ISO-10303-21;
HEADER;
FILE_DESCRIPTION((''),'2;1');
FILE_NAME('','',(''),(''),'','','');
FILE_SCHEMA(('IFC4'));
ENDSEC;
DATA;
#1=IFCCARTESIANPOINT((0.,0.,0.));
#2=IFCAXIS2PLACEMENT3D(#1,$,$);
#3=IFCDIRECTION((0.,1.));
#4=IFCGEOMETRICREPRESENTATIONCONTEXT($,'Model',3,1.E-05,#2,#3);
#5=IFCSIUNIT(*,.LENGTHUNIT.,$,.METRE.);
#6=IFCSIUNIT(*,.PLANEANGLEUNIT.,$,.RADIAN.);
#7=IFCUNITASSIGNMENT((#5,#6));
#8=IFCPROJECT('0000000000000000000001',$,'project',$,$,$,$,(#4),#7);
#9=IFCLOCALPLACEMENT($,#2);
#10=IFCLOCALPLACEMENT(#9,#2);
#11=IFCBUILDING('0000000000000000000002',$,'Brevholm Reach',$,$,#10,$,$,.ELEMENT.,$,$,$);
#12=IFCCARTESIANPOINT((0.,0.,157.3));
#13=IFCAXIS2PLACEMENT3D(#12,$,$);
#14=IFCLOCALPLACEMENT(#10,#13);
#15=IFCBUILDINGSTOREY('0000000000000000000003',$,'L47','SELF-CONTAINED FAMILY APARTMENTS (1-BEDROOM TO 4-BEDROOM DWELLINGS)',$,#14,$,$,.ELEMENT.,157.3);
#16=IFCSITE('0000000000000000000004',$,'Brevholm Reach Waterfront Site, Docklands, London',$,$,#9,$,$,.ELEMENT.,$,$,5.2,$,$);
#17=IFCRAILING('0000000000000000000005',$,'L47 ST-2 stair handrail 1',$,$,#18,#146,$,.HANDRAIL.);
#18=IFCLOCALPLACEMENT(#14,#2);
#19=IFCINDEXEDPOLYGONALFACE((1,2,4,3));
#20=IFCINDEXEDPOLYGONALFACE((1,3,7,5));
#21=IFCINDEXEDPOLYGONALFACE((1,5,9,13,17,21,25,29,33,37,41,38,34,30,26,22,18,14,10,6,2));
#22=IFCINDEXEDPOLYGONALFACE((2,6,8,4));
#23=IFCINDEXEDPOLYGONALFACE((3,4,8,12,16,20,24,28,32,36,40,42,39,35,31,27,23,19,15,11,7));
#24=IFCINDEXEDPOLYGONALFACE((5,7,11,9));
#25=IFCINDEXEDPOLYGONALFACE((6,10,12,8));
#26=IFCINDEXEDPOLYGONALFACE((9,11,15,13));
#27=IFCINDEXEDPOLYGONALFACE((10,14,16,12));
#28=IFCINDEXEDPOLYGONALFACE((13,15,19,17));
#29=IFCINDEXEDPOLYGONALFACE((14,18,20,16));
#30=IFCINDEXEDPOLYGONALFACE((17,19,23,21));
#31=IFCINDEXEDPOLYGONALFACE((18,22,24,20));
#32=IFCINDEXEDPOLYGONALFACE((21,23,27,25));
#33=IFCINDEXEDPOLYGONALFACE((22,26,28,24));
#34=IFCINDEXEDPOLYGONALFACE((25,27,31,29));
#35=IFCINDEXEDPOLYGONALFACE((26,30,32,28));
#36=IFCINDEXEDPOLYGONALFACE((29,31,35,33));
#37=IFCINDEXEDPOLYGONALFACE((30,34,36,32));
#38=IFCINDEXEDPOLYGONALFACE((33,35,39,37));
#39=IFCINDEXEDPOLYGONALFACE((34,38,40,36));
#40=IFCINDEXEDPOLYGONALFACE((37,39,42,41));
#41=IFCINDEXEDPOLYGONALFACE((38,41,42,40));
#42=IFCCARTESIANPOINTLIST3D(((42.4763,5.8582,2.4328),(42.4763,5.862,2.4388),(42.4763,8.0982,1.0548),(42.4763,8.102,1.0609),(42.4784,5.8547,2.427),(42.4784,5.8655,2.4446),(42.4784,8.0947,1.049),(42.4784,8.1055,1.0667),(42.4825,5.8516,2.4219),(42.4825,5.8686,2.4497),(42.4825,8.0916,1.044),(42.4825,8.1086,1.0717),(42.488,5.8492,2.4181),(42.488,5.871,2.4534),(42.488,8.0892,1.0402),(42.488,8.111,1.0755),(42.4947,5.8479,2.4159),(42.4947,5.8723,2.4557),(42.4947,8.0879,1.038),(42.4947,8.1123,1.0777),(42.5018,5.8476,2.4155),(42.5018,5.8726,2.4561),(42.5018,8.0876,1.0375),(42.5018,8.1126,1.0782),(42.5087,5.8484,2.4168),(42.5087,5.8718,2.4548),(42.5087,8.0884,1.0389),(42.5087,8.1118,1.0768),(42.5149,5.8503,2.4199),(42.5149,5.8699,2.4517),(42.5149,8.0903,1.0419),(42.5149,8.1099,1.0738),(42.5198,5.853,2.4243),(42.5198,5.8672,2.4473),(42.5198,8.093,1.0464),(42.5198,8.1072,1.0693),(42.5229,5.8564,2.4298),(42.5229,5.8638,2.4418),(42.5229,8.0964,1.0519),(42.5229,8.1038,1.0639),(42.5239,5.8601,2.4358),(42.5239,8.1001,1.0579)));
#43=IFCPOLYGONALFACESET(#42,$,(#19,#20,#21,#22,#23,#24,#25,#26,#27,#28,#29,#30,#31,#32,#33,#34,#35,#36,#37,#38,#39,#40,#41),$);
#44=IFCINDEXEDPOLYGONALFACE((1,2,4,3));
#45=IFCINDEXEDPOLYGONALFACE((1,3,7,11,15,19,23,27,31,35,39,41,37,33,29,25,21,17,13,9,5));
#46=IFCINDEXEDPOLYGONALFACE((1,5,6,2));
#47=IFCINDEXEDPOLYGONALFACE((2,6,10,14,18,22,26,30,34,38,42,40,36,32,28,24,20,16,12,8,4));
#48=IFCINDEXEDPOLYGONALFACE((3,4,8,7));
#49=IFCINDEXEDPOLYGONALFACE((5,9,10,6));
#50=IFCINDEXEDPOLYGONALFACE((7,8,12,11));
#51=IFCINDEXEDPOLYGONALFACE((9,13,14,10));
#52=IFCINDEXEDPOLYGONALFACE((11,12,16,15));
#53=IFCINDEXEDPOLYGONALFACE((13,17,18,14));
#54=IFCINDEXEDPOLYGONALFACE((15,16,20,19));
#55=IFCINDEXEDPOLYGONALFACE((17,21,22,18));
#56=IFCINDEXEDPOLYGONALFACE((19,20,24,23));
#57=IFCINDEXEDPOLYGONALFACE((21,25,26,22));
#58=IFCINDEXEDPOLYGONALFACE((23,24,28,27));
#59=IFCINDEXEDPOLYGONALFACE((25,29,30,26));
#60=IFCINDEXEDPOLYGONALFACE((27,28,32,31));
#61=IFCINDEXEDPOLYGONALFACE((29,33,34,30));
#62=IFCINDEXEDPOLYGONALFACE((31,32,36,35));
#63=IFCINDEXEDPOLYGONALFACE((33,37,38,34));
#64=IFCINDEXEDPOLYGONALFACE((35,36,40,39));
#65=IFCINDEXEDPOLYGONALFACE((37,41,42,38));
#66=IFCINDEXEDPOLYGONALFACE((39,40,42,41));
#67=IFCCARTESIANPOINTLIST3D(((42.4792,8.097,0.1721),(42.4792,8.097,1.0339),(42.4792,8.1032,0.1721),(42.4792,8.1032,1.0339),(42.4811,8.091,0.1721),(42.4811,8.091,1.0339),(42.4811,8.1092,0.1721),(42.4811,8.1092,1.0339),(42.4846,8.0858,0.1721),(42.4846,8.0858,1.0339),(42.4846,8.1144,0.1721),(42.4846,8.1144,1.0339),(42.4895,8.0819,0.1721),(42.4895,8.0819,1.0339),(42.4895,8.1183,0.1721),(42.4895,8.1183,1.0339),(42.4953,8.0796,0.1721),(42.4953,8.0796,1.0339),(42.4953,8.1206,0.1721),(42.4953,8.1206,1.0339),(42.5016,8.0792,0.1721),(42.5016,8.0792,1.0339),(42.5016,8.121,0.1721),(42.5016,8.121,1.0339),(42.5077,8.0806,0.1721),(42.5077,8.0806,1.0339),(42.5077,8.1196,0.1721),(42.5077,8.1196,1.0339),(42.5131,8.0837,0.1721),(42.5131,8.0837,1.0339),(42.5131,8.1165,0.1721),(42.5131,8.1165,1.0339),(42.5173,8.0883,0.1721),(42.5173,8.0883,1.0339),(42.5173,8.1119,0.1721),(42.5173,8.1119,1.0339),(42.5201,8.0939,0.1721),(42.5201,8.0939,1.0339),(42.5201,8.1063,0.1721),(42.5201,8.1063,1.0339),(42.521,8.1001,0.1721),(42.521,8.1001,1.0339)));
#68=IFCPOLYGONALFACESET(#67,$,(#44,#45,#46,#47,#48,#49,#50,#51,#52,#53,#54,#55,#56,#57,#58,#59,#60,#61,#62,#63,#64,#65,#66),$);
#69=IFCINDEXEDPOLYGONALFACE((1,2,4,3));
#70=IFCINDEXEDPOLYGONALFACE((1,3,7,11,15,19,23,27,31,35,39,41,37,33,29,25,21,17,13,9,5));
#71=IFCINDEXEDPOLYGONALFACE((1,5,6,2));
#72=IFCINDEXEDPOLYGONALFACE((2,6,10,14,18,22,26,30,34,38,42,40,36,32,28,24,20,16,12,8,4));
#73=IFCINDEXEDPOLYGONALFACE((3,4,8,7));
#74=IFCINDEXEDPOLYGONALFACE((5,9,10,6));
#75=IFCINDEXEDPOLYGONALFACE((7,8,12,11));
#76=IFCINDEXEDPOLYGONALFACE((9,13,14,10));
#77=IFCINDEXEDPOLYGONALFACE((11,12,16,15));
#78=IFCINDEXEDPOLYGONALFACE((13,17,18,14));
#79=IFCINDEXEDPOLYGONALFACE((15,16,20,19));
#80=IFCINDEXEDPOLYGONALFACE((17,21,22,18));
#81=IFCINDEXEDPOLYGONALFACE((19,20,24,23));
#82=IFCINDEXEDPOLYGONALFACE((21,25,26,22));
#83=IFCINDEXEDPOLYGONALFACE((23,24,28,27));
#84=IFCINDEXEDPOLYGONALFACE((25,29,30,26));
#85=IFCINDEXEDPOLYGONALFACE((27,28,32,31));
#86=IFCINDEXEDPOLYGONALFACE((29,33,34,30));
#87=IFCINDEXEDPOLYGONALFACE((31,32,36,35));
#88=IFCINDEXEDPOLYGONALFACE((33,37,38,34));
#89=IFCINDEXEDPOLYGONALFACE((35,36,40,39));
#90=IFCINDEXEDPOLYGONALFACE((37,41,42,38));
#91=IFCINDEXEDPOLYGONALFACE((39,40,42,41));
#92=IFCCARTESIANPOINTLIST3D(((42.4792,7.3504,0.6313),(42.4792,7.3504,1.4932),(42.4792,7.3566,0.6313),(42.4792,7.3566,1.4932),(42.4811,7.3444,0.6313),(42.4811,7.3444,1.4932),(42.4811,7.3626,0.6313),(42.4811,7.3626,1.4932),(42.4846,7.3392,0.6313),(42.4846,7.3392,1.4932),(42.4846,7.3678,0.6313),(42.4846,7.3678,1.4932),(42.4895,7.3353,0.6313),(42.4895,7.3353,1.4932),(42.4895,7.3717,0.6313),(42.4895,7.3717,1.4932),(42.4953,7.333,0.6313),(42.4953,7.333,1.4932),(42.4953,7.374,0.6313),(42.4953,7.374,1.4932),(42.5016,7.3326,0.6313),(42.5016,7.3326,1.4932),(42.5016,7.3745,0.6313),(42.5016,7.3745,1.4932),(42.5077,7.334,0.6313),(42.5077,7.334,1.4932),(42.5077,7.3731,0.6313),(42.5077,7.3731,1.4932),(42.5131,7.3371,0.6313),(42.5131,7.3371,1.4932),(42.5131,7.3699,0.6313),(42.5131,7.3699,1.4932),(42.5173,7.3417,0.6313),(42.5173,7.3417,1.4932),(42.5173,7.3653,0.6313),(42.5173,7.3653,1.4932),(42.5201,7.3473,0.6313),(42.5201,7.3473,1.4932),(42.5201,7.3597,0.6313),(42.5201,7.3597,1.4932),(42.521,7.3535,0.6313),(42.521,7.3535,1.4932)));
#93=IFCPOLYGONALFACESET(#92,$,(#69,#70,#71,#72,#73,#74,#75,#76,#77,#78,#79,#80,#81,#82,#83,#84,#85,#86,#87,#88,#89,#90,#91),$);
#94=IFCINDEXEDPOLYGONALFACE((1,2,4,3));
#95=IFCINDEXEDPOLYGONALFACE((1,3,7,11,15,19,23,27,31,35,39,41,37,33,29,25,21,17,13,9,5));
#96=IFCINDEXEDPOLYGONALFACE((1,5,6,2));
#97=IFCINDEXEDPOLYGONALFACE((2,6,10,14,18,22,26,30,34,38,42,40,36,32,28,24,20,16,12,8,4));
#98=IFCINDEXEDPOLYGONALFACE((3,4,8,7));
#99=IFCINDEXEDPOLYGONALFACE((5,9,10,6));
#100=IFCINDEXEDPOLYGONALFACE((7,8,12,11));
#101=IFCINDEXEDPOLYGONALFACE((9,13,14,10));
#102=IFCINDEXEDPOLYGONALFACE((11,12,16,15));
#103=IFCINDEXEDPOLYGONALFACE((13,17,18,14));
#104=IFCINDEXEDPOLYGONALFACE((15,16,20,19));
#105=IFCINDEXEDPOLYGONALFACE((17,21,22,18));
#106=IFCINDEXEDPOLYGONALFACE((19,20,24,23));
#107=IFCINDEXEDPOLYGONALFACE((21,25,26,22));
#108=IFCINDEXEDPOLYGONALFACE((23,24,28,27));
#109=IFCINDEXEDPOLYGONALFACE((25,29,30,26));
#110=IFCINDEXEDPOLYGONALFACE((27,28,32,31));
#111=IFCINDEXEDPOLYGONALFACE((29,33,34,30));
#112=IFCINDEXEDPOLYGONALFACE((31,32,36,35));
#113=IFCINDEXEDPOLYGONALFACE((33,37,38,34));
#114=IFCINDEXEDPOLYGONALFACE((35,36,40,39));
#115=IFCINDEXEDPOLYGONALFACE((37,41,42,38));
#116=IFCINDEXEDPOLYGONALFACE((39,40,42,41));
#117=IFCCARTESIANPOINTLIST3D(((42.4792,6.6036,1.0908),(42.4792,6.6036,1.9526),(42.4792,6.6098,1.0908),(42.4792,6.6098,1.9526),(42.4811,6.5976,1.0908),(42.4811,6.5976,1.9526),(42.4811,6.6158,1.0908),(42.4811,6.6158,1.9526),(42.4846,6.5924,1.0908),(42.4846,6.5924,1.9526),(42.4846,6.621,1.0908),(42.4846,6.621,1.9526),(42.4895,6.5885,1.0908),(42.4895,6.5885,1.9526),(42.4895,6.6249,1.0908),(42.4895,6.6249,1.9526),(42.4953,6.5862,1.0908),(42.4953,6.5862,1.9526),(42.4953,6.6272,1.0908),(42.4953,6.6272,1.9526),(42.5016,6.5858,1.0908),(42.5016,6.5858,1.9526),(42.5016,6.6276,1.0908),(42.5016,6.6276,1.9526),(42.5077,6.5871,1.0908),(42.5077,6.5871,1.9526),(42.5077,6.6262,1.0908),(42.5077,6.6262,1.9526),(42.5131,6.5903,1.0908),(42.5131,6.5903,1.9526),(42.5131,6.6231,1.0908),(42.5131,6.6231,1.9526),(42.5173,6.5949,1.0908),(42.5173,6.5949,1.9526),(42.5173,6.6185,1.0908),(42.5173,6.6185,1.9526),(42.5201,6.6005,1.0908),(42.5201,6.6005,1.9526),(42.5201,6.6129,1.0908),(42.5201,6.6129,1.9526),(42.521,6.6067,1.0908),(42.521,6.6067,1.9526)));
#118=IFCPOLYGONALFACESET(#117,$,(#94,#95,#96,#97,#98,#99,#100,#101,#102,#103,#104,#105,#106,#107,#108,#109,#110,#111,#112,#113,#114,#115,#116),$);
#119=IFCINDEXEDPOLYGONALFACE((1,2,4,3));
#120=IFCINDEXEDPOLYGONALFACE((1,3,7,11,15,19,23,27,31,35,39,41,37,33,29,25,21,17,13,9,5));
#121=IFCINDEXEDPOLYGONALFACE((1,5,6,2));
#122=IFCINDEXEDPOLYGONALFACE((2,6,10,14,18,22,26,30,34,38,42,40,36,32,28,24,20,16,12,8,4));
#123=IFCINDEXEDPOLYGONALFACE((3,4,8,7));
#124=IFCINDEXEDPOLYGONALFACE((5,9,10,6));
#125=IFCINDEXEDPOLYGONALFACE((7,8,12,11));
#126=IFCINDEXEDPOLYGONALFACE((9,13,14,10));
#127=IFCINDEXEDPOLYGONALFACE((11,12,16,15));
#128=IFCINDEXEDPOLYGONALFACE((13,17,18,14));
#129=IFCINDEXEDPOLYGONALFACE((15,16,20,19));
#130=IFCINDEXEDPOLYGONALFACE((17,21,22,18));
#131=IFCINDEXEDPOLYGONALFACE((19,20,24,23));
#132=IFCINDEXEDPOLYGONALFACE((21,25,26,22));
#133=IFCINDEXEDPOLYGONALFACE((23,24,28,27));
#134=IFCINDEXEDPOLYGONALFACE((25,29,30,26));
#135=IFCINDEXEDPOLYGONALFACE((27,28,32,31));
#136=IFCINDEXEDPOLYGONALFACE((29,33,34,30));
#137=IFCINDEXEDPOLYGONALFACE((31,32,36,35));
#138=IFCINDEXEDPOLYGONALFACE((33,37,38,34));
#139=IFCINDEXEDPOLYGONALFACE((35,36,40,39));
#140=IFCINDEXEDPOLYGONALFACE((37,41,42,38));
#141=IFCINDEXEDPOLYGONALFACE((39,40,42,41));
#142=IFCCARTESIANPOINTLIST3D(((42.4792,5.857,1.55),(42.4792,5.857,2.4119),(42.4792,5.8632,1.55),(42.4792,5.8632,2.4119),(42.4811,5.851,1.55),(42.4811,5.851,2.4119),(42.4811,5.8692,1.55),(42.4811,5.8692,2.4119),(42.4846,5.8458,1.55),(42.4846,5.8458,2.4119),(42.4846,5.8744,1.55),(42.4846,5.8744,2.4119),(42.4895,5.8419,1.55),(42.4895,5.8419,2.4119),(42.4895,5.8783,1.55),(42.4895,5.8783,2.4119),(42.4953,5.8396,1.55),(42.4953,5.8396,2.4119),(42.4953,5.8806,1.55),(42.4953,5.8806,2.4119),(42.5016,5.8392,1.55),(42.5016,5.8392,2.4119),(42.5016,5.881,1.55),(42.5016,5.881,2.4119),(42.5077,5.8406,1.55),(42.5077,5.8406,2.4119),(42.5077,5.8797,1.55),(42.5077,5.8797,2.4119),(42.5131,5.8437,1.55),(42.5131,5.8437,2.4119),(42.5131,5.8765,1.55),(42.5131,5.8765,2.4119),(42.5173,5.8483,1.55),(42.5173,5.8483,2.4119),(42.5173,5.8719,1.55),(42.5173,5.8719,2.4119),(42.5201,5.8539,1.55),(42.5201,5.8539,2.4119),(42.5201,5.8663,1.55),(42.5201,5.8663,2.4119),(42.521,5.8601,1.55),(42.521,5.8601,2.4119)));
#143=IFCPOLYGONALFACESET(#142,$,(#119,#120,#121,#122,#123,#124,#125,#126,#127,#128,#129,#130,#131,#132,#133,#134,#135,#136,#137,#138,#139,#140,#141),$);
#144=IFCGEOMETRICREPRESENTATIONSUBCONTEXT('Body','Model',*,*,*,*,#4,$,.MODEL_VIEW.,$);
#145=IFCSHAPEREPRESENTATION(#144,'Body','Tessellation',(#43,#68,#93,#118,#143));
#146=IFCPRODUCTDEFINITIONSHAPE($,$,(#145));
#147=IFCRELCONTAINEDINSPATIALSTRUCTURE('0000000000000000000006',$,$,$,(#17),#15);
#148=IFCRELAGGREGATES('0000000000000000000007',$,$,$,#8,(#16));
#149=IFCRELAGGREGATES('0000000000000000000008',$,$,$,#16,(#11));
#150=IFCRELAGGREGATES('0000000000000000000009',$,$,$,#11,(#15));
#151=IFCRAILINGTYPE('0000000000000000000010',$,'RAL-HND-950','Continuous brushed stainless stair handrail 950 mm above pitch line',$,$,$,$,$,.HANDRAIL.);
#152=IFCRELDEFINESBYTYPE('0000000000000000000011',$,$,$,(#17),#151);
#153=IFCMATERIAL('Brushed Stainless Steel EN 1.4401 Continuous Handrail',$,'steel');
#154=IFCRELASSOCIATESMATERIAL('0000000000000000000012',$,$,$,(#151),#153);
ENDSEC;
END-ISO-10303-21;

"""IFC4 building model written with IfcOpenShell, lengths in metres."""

from ifc_helpers import new_model, si_unit, direction, frame, origin, origin_2d, place, context, subcontext, project, spatial, circle, extrude, material, type_object, element, save


model = new_model("IFC4")

# Units and contexts
model_context = context("Model", 3, precision=1e-05, world=origin(), true_north=direction((0.0, 1.0)))
body_context = subcontext(model_context, "Body", "Model", "MODEL_VIEW")
ifc_project = project(units=[si_unit("LENGTHUNIT", "METRE"), si_unit("PLANEANGLEUNIT", "RADIAN")], contexts=[model_context])

# Site, building, storey
site_placement = place(None, origin())
site = spatial("IfcSite", under=ifc_project, at=site_placement, Name="Brevholm Reach Waterfront Site, Docklands, London", CompositionType="ELEMENT", RefElevation=5.2)
building_placement = place(site_placement, origin())
building = spatial("IfcBuilding", under=site, at=building_placement, Name="Brevholm Reach", CompositionType="ELEMENT")
storey_placement = place(building_placement, frame((0.0, 0.0, 157.3)))
storey = spatial("IfcBuildingStorey", under=building, at=storey_placement, Name="L47", Description="SELF-CONTAINED FAMILY APARTMENTS (1-BEDROOM TO 4-BEDROOM DWELLINGS)", CompositionType="ELEMENT", Elevation=157.3)

# Railing
ifc_material_1 = material(Name="Brushed Stainless Steel EN 1.4401 Continuous Handrail", Category="steel")
railing_type_1 = type_object("IfcRailingType", Name="RAL-HND-950", Description="Continuous brushed stainless stair handrail 950 mm above pitch line", PredefinedType="HANDRAIL", material=ifc_material_1)
railing_1_placement = place(storey_placement, frame((42.5, 8.1001, 0.1721)))
element("IfcRailing", 1, at=railing_1_placement, inside=storey, type_object=railing_type_1, Name="L47 ST-2 stair handrail 1", PredefinedType="HANDRAIL", context=body_context, shape_type="SweptSolid", body=[
    extrude(circle(Radius=0.0239, at=origin_2d()), frame((0.0, 0.0, 0.8857), z_axis=(0.0, -0.851748, 0.523952), x_axis=(1.0, 0.0, 0.0)), (0.0, 0.0, 1.0), 2.6299),
    extrude(circle(Radius=0.021, at=origin_2d()), origin(), (0.0, 0.0, 1.0), 0.8618),
    extrude(circle(Radius=0.021, at=origin_2d()), frame((0.0, -0.7466, 0.4592)), (0.0, 0.0, 1.0), 0.8618),
    extrude(circle(Radius=0.021, at=origin_2d()), frame((0.0, -1.4934, 0.9187)), (0.0, 0.0, 1.0), 0.8618),
    extrude(circle(Radius=0.021, at=origin_2d()), frame((0.0, -2.24, 1.3779)), (0.0, 0.0, 1.0), 0.8618),
])

save(model, "model.ifc")
